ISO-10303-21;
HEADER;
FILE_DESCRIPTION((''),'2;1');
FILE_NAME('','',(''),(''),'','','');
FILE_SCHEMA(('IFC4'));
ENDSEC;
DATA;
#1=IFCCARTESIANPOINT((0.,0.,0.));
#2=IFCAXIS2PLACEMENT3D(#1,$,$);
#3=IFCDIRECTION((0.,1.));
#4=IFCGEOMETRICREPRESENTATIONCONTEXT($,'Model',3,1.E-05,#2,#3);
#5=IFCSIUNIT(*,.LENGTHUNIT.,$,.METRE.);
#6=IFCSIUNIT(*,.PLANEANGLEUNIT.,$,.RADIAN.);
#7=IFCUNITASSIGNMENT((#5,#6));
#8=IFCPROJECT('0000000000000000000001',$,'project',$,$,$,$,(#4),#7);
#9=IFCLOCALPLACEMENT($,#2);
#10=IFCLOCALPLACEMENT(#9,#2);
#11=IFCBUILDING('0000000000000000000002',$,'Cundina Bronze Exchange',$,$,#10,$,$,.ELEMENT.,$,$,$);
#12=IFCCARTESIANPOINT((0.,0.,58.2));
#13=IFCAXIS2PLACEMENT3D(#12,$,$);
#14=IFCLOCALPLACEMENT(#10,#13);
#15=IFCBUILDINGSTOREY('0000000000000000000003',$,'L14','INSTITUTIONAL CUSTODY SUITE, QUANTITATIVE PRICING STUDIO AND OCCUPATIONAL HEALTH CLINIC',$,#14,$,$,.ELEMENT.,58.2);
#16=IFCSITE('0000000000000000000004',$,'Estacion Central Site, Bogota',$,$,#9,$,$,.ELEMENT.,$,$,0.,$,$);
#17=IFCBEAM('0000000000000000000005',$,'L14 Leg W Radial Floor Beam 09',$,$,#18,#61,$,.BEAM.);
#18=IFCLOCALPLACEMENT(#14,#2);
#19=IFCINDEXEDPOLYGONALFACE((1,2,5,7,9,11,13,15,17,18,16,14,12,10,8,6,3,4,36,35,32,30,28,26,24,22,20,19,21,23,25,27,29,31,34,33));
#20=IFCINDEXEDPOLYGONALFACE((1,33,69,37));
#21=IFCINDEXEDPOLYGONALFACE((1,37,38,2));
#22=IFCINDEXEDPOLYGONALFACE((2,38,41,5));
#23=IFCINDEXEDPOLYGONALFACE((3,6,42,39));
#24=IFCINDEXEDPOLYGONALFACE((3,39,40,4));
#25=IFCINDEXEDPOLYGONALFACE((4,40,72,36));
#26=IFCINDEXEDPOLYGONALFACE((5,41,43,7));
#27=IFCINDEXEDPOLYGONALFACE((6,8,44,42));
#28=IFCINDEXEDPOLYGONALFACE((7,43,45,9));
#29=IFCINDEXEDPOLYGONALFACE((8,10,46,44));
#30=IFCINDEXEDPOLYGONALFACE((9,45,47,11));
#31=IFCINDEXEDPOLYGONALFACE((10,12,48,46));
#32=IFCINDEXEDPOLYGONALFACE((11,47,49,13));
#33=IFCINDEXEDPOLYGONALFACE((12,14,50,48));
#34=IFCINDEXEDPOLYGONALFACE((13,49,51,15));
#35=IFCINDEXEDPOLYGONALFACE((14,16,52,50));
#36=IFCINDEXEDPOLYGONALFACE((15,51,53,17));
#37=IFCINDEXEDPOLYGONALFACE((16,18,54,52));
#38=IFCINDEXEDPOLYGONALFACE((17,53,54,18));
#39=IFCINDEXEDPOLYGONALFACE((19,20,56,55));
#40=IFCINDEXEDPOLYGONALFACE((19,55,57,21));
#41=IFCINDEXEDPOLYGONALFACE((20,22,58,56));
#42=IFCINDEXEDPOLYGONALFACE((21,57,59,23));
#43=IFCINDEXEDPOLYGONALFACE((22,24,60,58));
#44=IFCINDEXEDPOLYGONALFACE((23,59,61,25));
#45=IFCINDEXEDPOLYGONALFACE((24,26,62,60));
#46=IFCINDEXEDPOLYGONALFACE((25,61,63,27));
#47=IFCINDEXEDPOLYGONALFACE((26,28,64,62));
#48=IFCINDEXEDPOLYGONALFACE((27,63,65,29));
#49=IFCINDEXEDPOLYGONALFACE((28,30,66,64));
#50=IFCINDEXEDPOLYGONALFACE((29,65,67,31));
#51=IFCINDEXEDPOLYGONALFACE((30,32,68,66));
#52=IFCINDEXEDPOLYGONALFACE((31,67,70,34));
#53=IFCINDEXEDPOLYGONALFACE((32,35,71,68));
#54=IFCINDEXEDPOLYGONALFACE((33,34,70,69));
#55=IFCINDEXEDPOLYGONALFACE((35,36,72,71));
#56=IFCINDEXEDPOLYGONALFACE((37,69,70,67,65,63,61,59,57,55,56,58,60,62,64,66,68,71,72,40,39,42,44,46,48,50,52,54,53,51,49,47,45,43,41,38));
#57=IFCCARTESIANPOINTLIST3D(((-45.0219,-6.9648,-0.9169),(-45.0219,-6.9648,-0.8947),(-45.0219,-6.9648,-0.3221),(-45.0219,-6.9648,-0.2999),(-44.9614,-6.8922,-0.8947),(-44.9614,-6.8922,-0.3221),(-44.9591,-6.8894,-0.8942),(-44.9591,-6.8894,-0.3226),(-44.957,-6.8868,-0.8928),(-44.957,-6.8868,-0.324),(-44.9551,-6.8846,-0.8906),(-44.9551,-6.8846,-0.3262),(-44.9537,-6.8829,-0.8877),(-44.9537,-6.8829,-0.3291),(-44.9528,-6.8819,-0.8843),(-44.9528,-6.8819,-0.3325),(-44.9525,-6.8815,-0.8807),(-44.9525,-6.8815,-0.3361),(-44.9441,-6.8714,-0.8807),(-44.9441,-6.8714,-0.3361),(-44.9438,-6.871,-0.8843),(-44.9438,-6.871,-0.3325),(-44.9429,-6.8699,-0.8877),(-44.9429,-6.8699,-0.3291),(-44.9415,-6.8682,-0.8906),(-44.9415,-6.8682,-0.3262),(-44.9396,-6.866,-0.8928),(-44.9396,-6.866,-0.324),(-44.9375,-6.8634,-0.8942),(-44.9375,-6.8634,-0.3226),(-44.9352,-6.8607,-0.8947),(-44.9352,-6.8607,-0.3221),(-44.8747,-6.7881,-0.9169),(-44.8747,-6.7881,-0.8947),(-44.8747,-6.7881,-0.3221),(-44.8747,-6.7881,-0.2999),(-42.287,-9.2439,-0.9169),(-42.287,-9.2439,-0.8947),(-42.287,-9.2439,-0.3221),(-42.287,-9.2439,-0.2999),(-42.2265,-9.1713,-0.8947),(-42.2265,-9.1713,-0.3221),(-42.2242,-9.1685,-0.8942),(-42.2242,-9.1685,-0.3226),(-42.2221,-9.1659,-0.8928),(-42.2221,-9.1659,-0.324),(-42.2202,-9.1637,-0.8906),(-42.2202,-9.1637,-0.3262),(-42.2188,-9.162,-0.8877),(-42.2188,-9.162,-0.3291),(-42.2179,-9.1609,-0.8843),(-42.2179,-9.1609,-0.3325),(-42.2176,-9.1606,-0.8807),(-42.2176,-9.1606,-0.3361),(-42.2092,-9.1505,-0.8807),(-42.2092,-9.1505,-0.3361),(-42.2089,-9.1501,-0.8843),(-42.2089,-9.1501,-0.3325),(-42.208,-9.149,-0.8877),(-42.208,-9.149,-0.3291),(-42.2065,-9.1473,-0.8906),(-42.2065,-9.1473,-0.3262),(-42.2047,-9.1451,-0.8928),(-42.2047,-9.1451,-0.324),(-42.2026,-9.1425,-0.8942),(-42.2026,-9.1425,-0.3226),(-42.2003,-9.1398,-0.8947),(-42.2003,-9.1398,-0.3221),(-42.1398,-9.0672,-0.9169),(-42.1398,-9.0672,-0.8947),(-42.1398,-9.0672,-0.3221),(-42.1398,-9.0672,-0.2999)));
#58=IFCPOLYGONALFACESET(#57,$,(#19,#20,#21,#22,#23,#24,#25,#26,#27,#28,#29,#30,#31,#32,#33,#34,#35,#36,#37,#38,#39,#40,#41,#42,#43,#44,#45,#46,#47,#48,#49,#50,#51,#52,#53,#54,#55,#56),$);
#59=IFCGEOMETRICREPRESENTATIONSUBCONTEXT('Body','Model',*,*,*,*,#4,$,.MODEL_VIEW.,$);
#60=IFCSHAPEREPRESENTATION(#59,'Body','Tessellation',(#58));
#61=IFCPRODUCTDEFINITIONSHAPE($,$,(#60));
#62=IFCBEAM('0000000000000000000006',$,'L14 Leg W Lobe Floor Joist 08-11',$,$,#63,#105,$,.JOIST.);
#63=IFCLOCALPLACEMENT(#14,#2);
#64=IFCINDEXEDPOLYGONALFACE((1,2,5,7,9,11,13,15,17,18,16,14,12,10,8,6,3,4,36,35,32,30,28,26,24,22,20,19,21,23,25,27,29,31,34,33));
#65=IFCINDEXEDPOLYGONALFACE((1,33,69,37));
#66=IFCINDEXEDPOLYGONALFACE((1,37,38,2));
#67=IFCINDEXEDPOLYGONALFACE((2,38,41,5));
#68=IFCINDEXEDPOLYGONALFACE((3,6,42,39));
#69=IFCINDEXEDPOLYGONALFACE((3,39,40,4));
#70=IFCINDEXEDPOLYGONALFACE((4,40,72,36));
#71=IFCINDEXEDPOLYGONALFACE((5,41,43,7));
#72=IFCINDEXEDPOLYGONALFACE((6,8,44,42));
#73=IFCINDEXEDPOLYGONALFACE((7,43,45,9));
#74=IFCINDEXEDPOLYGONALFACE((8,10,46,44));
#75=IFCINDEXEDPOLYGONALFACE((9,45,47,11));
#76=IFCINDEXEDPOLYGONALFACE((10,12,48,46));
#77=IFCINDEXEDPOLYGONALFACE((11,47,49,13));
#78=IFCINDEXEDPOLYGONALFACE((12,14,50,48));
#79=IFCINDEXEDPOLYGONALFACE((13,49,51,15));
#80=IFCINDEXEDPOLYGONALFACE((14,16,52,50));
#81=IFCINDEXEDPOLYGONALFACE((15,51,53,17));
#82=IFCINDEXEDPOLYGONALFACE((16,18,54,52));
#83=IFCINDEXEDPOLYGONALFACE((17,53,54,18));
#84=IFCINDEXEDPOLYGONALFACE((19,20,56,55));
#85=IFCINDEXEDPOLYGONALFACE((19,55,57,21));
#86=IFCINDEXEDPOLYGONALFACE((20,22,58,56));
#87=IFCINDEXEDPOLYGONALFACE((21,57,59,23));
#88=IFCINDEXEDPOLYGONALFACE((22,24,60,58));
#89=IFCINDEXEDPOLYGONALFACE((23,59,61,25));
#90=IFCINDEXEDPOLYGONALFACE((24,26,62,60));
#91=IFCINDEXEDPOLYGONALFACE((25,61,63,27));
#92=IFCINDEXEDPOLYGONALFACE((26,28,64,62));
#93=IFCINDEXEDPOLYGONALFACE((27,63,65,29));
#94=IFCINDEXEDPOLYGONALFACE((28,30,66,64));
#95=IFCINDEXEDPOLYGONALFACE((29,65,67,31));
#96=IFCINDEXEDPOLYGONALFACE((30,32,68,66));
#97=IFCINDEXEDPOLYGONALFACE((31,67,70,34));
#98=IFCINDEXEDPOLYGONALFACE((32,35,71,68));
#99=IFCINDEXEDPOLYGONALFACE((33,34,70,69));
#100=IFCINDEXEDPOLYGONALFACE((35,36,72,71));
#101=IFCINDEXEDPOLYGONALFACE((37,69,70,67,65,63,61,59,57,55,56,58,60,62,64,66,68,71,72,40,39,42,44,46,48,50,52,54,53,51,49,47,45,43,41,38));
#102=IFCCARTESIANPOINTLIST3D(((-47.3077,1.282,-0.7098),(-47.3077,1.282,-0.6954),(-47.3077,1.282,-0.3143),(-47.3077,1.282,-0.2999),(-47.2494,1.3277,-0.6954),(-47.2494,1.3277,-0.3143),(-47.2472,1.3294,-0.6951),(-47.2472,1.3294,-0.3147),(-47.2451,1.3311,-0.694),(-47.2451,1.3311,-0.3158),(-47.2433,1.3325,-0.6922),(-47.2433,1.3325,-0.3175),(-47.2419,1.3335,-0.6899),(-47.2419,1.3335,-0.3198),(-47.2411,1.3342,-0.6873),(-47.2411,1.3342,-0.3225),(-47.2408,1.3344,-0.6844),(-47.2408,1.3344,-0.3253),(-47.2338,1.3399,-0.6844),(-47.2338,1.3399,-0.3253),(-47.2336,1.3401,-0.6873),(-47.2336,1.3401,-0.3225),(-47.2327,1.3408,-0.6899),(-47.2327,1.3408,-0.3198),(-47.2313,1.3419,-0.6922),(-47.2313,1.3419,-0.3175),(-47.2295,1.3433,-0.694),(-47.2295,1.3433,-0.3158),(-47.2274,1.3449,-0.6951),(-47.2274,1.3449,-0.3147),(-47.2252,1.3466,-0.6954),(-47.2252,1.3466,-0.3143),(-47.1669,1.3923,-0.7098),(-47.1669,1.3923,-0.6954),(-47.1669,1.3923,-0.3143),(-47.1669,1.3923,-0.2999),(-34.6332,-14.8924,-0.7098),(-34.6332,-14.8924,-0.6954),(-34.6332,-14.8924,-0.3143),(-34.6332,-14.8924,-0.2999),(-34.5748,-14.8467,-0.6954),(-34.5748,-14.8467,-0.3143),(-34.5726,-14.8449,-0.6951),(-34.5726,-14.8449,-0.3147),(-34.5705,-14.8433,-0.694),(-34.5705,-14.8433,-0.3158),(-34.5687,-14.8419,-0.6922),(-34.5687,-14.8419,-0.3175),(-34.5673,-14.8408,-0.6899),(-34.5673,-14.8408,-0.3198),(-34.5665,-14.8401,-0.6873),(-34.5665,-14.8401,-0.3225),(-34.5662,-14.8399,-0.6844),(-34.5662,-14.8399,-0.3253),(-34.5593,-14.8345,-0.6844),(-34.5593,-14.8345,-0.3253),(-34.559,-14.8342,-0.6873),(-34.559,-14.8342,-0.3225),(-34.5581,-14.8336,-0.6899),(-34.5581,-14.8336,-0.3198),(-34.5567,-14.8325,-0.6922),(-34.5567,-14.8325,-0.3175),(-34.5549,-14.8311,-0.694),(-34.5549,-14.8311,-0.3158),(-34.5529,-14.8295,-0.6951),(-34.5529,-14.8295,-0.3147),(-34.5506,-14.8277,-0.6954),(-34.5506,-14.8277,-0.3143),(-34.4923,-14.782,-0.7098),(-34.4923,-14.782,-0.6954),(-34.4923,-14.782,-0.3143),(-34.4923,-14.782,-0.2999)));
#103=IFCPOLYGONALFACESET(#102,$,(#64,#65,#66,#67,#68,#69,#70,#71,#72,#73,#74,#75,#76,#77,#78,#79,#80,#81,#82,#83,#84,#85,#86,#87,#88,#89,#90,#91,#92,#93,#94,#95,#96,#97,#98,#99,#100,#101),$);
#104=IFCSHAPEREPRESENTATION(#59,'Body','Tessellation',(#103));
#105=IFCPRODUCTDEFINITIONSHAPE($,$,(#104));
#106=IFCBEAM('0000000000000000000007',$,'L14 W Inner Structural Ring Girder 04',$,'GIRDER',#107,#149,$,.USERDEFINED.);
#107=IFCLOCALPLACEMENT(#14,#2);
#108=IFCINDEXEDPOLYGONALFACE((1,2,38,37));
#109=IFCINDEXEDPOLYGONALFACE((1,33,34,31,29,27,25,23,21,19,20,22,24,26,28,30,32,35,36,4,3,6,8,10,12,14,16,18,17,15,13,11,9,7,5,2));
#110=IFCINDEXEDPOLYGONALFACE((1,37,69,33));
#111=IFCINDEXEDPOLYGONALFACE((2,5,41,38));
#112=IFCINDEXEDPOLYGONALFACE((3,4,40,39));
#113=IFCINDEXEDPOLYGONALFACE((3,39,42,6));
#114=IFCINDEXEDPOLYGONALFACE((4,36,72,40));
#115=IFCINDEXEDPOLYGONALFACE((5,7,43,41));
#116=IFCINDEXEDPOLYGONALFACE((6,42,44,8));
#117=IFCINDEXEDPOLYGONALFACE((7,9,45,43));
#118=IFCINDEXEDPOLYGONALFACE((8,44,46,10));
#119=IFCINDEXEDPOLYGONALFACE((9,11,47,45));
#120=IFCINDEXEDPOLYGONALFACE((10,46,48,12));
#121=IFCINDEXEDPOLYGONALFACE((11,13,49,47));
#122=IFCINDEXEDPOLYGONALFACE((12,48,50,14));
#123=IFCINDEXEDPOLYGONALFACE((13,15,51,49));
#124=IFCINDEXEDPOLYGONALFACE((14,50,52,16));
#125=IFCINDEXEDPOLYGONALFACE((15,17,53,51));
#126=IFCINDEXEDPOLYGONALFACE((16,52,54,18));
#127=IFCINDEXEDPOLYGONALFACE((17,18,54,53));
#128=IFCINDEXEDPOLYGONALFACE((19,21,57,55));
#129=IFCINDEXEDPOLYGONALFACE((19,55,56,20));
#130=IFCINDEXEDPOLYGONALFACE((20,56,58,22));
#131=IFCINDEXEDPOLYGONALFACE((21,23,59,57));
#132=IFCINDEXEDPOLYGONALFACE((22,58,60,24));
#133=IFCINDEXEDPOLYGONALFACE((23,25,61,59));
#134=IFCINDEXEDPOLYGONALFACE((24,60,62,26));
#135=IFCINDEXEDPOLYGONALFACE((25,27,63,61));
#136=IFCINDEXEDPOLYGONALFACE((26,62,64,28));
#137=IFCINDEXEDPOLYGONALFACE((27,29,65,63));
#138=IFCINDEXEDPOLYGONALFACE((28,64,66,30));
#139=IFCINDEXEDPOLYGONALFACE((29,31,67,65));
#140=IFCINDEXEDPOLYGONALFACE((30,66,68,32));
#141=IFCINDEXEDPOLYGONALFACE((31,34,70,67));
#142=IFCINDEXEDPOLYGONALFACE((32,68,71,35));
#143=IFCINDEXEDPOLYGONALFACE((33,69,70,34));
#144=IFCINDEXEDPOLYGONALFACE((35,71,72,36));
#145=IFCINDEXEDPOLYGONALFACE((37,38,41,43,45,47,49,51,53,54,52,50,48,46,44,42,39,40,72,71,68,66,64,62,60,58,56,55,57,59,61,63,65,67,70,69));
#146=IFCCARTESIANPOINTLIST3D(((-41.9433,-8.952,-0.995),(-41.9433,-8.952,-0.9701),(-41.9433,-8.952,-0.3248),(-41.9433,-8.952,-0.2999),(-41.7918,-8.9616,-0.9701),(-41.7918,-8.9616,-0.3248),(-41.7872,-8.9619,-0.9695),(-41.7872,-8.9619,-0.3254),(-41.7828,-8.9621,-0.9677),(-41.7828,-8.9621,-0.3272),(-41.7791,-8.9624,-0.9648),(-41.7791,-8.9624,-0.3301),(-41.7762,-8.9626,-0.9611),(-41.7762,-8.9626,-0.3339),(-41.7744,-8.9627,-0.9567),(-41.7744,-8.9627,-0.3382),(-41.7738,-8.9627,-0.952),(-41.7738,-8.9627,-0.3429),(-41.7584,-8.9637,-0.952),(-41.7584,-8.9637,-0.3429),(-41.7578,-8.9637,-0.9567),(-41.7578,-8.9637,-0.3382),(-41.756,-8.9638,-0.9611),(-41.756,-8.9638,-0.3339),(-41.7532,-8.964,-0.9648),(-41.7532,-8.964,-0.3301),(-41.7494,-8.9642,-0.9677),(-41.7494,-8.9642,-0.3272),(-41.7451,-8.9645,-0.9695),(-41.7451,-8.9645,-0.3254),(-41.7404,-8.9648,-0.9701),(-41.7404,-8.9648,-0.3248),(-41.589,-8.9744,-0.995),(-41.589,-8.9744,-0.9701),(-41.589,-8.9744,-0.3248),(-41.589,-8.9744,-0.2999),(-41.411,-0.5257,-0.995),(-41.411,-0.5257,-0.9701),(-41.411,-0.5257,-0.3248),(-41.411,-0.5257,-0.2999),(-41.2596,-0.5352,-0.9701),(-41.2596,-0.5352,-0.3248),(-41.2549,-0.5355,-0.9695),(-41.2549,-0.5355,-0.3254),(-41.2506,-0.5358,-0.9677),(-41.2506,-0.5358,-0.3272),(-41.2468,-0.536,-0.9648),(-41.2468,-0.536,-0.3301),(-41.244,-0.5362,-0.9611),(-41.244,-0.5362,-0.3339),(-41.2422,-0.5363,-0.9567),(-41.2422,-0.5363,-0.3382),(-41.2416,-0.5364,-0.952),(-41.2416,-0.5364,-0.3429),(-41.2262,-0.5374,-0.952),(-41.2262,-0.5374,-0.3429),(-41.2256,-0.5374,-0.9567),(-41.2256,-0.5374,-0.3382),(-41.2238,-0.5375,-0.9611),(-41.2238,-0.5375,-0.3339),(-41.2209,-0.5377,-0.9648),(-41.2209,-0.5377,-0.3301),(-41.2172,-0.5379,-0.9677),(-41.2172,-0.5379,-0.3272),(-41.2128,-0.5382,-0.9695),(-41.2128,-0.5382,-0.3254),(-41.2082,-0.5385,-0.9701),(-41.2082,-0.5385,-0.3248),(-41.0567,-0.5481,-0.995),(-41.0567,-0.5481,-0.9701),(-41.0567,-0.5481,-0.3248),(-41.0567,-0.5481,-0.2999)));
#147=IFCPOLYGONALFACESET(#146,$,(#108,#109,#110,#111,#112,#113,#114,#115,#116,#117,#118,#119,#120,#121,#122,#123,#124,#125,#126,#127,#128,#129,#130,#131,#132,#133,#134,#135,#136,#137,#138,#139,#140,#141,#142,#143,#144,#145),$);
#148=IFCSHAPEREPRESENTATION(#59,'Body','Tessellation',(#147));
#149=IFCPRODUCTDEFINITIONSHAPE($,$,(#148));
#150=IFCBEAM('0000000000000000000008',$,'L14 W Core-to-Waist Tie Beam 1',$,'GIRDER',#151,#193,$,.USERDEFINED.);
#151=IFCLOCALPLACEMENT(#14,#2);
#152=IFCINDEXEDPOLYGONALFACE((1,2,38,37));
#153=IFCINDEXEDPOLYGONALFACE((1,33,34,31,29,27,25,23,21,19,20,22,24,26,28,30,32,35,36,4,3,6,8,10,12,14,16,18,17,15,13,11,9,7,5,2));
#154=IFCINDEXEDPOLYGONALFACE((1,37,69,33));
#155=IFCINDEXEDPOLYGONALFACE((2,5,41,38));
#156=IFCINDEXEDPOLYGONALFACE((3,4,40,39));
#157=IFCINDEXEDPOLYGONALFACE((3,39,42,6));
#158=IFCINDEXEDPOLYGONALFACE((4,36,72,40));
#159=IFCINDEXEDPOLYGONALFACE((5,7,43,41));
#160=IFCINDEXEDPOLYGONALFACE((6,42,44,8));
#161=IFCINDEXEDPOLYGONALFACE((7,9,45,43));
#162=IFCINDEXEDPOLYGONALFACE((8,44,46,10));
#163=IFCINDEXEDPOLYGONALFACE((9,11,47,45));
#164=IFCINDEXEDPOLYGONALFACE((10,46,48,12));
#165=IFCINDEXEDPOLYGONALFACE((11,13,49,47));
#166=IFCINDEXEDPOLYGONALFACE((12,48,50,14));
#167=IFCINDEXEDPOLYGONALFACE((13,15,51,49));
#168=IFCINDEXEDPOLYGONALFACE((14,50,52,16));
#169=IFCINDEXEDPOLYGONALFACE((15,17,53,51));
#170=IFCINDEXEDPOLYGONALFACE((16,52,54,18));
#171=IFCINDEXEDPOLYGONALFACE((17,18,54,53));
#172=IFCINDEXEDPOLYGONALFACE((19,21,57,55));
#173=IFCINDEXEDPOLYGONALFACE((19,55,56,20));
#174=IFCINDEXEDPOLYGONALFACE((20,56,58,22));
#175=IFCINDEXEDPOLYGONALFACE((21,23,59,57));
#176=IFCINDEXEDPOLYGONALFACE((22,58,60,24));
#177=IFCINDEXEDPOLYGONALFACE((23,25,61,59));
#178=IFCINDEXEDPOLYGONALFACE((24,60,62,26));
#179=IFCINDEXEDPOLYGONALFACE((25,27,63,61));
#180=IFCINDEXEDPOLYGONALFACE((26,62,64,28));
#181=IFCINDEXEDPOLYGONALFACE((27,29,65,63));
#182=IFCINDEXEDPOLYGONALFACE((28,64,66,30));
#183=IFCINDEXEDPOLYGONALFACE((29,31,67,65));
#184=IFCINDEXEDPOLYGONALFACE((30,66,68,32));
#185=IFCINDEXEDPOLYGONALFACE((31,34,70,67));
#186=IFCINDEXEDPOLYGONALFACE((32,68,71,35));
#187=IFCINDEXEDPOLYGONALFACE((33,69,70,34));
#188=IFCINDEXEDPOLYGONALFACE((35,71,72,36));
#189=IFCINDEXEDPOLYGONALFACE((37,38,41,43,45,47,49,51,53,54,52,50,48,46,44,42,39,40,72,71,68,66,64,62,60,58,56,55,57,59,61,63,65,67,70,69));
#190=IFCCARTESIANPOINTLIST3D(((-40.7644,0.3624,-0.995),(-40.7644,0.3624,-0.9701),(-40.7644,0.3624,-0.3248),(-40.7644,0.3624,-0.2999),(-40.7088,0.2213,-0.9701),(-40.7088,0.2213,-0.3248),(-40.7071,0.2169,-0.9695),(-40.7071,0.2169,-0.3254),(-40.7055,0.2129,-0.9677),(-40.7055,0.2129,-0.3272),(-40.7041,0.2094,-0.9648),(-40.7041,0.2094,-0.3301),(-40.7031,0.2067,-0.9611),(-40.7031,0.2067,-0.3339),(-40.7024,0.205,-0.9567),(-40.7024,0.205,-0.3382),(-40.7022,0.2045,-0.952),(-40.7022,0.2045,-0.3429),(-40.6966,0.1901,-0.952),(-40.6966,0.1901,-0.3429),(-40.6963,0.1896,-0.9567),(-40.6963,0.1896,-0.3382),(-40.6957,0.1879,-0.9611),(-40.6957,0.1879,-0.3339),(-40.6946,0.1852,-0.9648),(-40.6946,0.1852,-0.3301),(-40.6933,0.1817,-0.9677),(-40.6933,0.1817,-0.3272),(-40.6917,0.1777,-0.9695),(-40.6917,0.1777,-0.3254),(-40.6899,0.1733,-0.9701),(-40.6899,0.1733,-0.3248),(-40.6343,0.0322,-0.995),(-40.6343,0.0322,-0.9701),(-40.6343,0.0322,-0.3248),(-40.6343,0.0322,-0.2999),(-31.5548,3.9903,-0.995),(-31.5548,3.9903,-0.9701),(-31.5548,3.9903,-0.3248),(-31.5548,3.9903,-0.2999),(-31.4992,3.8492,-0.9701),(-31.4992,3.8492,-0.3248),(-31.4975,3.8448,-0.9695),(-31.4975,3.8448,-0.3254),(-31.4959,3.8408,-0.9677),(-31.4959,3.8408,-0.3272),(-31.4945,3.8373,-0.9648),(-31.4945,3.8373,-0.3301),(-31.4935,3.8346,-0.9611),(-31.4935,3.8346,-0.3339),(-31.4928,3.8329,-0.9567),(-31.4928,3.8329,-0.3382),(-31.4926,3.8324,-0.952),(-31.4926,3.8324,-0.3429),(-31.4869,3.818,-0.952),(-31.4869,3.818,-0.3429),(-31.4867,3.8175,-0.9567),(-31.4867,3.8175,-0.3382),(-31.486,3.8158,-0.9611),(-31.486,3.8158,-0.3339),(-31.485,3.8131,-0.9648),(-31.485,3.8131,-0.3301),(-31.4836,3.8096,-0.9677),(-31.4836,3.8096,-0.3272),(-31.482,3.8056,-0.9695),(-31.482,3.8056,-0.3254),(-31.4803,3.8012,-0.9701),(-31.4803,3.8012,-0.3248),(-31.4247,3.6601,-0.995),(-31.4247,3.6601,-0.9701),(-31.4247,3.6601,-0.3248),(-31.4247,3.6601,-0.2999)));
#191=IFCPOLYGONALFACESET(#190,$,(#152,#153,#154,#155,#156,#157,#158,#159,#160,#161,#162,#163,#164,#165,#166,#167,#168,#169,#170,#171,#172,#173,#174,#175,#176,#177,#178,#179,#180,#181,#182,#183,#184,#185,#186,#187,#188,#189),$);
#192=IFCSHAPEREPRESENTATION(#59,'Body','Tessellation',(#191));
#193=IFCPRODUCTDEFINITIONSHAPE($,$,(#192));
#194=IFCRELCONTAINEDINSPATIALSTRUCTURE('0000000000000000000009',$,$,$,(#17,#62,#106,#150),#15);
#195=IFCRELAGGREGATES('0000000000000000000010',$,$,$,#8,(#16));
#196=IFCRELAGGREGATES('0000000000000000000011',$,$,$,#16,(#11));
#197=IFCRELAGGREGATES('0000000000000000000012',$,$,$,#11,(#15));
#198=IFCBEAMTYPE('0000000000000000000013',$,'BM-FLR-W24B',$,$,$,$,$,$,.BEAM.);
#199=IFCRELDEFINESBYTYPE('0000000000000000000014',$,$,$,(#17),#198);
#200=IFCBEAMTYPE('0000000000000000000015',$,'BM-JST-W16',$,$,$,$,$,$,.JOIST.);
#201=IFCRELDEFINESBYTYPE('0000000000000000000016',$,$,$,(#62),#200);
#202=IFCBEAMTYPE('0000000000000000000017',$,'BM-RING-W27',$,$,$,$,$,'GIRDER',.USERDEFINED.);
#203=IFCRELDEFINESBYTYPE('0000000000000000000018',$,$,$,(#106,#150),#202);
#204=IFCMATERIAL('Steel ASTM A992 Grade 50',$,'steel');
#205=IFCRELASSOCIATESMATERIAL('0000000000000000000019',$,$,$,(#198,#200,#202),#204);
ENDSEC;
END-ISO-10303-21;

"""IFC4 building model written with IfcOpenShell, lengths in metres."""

from ifc_helpers import new_model, si_unit, direction, frame, origin, origin_2d, place, context, subcontext, project, spatial, i_section, extrude, material, material_profile, profile_set, type_object, element, save


model = new_model("IFC4")

# Units and contexts
model_context = context("Model", 3, precision=1e-05, world=origin(), true_north=direction((0.0, 1.0)))
body_context = subcontext(model_context, "Body", "Model", "MODEL_VIEW")
ifc_project = project(units=[si_unit("LENGTHUNIT", "METRE"), si_unit("PLANEANGLEUNIT", "RADIAN")], contexts=[model_context])

# Site, building, storey
site_placement = place(None, origin())
site = spatial("IfcSite", under=ifc_project, at=site_placement, Name="Estacion Central Site, Bogota", CompositionType="ELEMENT", RefElevation=0.0)
building_placement = place(site_placement, origin())
building = spatial("IfcBuilding", under=site, at=building_placement, Name="Cundina Bronze Exchange", CompositionType="ELEMENT")
storey_placement = place(building_placement, frame((0.0, 0.0, 58.2)))
storey = spatial("IfcBuildingStorey", under=building, at=storey_placement, Name="L14", Description="INSTITUTIONAL CUSTODY SUITE, QUANTITATIVE PRICING STUDIO AND OCCUPATIONAL HEALTH CLINIC", CompositionType="ELEMENT", Elevation=58.2)

# Shared definitions
ifc_material_1 = material(Name="Steel ASTM A992 Grade 50", Category="steel")

# Beams
ifc_material_profile_1 = material_profile(ifc_material_1, i_section(OverallWidth=0.23, OverallDepth=0.6169, WebThickness=0.0132, FlangeThickness=0.0222, FilletRadius=0.0139, at=origin_2d()), Name="W24X94", Category="steel")
ifc_profile_set_1 = profile_set([ifc_material_profile_1], Name="Steel ASTM A992 Grade 50")
beam_type_1 = type_object("IfcBeamType", Name="BM-FLR-W24B", PredefinedType="BEAM", material=ifc_profile_set_1)
beam_1_placement = place(storey_placement, frame((-42.2134, -9.1555, -0.6084), z_axis=(-0.768221, 0.640184, 0.0), x_axis=(-0.640184, -0.768221, 0.0)))
element("IfcBeam", 1, at=beam_1_placement, inside=storey, type_object=beam_type_1, Name="L14 Leg W Radial Floor Beam 09", PredefinedType="BEAM", context=body_context, shape_type="SweptSolid", body=[
    extrude(i_section(OverallWidth=0.23, OverallDepth=0.6169, WebThickness=0.0132, FlangeThickness=0.0222, FilletRadius=0.0139, at=origin_2d()), origin(), (0.0, 0.0, 1.0), 3.5601),
])
ifc_material_profile_2 = material_profile(ifc_material_1, i_section(OverallWidth=0.179, OverallDepth=0.4099, WebThickness=0.0088, FlangeThickness=0.0144, FilletRadius=0.011, at=origin_2d()), Name="W16X45", Category="steel")
ifc_profile_set_2 = profile_set([ifc_material_profile_2], Name="Steel ASTM A992 Grade 50")
beam_type_2 = type_object("IfcBeamType", Name="BM-JST-W16", PredefinedType="JOIST", material=ifc_profile_set_2)
beam_2_placement = place(storey_placement, frame((-47.2373, 1.3372, -0.5049), z_axis=(0.616803, -0.787117, 0.0), x_axis=(0.787117, 0.616803, 0.0)))
element("IfcBeam", 2, at=beam_2_placement, inside=storey, type_object=beam_type_2, Name="L14 Leg W Lobe Floor Joist 08-11", PredefinedType="JOIST", context=body_context, shape_type="SweptSolid", body=[
    extrude(i_section(OverallWidth=0.179, OverallDepth=0.4099, WebThickness=0.0088, FlangeThickness=0.0144, FilletRadius=0.011, at=origin_2d()), origin(), (0.0, 0.0, 1.0), 20.5488),
])
ifc_material_profile_3 = material_profile(ifc_material_1, i_section(OverallWidth=0.355, OverallDepth=0.6951, WebThickness=0.0154, FlangeThickness=0.0249, FilletRadius=0.0181, at=origin_2d()), Name="W27X146", Category="steel")
ifc_profile_set_3 = profile_set([ifc_material_profile_3], Name="Steel ASTM A992 Grade 50")
beam_type_3 = type_object("IfcBeamType", Name="BM-RING-W27", ElementType="GIRDER", PredefinedType="USERDEFINED", material=ifc_profile_set_3)
beam_3_placement = place(storey_placement, frame((-41.2339, -0.5369, -0.6475), z_axis=(-0.063037, -0.998011, 0.0), x_axis=(0.998011, -0.063037, 0.0)))
element("IfcBeam", 3, at=beam_3_placement, inside=storey, type_object=beam_type_3, Name="L14 W Inner Structural Ring Girder 04", ObjectType="GIRDER", PredefinedType="USERDEFINED", context=body_context, shape_type="SweptSolid", body=[
    extrude(i_section(OverallWidth=0.355, OverallDepth=0.6951, WebThickness=0.0154, FlangeThickness=0.0249, FilletRadius=0.0181, at=origin_2d()), origin(), (0.0, 0.0, 1.0), 8.4431),
])
beam_4_placement = place(storey_placement, frame((-31.4897, 3.8252, -0.6475), z_axis=(-0.930413, -0.366512, 0.0), x_axis=(0.366512, -0.930413, 0.0)))
element("IfcBeam", 4, at=beam_4_placement, inside=storey, type_object=beam_type_3, Name="L14 W Core-to-Waist Tie Beam 1", ObjectType="GIRDER", PredefinedType="USERDEFINED", context=body_context, shape_type="SweptSolid", body=[
    extrude(i_section(OverallWidth=0.355, OverallDepth=0.6951, WebThickness=0.0154, FlangeThickness=0.0249, FilletRadius=0.0181, at=origin_2d()), origin(), (0.0, 0.0, 1.0), 9.8984),
])

save(model, "model.ifc")
